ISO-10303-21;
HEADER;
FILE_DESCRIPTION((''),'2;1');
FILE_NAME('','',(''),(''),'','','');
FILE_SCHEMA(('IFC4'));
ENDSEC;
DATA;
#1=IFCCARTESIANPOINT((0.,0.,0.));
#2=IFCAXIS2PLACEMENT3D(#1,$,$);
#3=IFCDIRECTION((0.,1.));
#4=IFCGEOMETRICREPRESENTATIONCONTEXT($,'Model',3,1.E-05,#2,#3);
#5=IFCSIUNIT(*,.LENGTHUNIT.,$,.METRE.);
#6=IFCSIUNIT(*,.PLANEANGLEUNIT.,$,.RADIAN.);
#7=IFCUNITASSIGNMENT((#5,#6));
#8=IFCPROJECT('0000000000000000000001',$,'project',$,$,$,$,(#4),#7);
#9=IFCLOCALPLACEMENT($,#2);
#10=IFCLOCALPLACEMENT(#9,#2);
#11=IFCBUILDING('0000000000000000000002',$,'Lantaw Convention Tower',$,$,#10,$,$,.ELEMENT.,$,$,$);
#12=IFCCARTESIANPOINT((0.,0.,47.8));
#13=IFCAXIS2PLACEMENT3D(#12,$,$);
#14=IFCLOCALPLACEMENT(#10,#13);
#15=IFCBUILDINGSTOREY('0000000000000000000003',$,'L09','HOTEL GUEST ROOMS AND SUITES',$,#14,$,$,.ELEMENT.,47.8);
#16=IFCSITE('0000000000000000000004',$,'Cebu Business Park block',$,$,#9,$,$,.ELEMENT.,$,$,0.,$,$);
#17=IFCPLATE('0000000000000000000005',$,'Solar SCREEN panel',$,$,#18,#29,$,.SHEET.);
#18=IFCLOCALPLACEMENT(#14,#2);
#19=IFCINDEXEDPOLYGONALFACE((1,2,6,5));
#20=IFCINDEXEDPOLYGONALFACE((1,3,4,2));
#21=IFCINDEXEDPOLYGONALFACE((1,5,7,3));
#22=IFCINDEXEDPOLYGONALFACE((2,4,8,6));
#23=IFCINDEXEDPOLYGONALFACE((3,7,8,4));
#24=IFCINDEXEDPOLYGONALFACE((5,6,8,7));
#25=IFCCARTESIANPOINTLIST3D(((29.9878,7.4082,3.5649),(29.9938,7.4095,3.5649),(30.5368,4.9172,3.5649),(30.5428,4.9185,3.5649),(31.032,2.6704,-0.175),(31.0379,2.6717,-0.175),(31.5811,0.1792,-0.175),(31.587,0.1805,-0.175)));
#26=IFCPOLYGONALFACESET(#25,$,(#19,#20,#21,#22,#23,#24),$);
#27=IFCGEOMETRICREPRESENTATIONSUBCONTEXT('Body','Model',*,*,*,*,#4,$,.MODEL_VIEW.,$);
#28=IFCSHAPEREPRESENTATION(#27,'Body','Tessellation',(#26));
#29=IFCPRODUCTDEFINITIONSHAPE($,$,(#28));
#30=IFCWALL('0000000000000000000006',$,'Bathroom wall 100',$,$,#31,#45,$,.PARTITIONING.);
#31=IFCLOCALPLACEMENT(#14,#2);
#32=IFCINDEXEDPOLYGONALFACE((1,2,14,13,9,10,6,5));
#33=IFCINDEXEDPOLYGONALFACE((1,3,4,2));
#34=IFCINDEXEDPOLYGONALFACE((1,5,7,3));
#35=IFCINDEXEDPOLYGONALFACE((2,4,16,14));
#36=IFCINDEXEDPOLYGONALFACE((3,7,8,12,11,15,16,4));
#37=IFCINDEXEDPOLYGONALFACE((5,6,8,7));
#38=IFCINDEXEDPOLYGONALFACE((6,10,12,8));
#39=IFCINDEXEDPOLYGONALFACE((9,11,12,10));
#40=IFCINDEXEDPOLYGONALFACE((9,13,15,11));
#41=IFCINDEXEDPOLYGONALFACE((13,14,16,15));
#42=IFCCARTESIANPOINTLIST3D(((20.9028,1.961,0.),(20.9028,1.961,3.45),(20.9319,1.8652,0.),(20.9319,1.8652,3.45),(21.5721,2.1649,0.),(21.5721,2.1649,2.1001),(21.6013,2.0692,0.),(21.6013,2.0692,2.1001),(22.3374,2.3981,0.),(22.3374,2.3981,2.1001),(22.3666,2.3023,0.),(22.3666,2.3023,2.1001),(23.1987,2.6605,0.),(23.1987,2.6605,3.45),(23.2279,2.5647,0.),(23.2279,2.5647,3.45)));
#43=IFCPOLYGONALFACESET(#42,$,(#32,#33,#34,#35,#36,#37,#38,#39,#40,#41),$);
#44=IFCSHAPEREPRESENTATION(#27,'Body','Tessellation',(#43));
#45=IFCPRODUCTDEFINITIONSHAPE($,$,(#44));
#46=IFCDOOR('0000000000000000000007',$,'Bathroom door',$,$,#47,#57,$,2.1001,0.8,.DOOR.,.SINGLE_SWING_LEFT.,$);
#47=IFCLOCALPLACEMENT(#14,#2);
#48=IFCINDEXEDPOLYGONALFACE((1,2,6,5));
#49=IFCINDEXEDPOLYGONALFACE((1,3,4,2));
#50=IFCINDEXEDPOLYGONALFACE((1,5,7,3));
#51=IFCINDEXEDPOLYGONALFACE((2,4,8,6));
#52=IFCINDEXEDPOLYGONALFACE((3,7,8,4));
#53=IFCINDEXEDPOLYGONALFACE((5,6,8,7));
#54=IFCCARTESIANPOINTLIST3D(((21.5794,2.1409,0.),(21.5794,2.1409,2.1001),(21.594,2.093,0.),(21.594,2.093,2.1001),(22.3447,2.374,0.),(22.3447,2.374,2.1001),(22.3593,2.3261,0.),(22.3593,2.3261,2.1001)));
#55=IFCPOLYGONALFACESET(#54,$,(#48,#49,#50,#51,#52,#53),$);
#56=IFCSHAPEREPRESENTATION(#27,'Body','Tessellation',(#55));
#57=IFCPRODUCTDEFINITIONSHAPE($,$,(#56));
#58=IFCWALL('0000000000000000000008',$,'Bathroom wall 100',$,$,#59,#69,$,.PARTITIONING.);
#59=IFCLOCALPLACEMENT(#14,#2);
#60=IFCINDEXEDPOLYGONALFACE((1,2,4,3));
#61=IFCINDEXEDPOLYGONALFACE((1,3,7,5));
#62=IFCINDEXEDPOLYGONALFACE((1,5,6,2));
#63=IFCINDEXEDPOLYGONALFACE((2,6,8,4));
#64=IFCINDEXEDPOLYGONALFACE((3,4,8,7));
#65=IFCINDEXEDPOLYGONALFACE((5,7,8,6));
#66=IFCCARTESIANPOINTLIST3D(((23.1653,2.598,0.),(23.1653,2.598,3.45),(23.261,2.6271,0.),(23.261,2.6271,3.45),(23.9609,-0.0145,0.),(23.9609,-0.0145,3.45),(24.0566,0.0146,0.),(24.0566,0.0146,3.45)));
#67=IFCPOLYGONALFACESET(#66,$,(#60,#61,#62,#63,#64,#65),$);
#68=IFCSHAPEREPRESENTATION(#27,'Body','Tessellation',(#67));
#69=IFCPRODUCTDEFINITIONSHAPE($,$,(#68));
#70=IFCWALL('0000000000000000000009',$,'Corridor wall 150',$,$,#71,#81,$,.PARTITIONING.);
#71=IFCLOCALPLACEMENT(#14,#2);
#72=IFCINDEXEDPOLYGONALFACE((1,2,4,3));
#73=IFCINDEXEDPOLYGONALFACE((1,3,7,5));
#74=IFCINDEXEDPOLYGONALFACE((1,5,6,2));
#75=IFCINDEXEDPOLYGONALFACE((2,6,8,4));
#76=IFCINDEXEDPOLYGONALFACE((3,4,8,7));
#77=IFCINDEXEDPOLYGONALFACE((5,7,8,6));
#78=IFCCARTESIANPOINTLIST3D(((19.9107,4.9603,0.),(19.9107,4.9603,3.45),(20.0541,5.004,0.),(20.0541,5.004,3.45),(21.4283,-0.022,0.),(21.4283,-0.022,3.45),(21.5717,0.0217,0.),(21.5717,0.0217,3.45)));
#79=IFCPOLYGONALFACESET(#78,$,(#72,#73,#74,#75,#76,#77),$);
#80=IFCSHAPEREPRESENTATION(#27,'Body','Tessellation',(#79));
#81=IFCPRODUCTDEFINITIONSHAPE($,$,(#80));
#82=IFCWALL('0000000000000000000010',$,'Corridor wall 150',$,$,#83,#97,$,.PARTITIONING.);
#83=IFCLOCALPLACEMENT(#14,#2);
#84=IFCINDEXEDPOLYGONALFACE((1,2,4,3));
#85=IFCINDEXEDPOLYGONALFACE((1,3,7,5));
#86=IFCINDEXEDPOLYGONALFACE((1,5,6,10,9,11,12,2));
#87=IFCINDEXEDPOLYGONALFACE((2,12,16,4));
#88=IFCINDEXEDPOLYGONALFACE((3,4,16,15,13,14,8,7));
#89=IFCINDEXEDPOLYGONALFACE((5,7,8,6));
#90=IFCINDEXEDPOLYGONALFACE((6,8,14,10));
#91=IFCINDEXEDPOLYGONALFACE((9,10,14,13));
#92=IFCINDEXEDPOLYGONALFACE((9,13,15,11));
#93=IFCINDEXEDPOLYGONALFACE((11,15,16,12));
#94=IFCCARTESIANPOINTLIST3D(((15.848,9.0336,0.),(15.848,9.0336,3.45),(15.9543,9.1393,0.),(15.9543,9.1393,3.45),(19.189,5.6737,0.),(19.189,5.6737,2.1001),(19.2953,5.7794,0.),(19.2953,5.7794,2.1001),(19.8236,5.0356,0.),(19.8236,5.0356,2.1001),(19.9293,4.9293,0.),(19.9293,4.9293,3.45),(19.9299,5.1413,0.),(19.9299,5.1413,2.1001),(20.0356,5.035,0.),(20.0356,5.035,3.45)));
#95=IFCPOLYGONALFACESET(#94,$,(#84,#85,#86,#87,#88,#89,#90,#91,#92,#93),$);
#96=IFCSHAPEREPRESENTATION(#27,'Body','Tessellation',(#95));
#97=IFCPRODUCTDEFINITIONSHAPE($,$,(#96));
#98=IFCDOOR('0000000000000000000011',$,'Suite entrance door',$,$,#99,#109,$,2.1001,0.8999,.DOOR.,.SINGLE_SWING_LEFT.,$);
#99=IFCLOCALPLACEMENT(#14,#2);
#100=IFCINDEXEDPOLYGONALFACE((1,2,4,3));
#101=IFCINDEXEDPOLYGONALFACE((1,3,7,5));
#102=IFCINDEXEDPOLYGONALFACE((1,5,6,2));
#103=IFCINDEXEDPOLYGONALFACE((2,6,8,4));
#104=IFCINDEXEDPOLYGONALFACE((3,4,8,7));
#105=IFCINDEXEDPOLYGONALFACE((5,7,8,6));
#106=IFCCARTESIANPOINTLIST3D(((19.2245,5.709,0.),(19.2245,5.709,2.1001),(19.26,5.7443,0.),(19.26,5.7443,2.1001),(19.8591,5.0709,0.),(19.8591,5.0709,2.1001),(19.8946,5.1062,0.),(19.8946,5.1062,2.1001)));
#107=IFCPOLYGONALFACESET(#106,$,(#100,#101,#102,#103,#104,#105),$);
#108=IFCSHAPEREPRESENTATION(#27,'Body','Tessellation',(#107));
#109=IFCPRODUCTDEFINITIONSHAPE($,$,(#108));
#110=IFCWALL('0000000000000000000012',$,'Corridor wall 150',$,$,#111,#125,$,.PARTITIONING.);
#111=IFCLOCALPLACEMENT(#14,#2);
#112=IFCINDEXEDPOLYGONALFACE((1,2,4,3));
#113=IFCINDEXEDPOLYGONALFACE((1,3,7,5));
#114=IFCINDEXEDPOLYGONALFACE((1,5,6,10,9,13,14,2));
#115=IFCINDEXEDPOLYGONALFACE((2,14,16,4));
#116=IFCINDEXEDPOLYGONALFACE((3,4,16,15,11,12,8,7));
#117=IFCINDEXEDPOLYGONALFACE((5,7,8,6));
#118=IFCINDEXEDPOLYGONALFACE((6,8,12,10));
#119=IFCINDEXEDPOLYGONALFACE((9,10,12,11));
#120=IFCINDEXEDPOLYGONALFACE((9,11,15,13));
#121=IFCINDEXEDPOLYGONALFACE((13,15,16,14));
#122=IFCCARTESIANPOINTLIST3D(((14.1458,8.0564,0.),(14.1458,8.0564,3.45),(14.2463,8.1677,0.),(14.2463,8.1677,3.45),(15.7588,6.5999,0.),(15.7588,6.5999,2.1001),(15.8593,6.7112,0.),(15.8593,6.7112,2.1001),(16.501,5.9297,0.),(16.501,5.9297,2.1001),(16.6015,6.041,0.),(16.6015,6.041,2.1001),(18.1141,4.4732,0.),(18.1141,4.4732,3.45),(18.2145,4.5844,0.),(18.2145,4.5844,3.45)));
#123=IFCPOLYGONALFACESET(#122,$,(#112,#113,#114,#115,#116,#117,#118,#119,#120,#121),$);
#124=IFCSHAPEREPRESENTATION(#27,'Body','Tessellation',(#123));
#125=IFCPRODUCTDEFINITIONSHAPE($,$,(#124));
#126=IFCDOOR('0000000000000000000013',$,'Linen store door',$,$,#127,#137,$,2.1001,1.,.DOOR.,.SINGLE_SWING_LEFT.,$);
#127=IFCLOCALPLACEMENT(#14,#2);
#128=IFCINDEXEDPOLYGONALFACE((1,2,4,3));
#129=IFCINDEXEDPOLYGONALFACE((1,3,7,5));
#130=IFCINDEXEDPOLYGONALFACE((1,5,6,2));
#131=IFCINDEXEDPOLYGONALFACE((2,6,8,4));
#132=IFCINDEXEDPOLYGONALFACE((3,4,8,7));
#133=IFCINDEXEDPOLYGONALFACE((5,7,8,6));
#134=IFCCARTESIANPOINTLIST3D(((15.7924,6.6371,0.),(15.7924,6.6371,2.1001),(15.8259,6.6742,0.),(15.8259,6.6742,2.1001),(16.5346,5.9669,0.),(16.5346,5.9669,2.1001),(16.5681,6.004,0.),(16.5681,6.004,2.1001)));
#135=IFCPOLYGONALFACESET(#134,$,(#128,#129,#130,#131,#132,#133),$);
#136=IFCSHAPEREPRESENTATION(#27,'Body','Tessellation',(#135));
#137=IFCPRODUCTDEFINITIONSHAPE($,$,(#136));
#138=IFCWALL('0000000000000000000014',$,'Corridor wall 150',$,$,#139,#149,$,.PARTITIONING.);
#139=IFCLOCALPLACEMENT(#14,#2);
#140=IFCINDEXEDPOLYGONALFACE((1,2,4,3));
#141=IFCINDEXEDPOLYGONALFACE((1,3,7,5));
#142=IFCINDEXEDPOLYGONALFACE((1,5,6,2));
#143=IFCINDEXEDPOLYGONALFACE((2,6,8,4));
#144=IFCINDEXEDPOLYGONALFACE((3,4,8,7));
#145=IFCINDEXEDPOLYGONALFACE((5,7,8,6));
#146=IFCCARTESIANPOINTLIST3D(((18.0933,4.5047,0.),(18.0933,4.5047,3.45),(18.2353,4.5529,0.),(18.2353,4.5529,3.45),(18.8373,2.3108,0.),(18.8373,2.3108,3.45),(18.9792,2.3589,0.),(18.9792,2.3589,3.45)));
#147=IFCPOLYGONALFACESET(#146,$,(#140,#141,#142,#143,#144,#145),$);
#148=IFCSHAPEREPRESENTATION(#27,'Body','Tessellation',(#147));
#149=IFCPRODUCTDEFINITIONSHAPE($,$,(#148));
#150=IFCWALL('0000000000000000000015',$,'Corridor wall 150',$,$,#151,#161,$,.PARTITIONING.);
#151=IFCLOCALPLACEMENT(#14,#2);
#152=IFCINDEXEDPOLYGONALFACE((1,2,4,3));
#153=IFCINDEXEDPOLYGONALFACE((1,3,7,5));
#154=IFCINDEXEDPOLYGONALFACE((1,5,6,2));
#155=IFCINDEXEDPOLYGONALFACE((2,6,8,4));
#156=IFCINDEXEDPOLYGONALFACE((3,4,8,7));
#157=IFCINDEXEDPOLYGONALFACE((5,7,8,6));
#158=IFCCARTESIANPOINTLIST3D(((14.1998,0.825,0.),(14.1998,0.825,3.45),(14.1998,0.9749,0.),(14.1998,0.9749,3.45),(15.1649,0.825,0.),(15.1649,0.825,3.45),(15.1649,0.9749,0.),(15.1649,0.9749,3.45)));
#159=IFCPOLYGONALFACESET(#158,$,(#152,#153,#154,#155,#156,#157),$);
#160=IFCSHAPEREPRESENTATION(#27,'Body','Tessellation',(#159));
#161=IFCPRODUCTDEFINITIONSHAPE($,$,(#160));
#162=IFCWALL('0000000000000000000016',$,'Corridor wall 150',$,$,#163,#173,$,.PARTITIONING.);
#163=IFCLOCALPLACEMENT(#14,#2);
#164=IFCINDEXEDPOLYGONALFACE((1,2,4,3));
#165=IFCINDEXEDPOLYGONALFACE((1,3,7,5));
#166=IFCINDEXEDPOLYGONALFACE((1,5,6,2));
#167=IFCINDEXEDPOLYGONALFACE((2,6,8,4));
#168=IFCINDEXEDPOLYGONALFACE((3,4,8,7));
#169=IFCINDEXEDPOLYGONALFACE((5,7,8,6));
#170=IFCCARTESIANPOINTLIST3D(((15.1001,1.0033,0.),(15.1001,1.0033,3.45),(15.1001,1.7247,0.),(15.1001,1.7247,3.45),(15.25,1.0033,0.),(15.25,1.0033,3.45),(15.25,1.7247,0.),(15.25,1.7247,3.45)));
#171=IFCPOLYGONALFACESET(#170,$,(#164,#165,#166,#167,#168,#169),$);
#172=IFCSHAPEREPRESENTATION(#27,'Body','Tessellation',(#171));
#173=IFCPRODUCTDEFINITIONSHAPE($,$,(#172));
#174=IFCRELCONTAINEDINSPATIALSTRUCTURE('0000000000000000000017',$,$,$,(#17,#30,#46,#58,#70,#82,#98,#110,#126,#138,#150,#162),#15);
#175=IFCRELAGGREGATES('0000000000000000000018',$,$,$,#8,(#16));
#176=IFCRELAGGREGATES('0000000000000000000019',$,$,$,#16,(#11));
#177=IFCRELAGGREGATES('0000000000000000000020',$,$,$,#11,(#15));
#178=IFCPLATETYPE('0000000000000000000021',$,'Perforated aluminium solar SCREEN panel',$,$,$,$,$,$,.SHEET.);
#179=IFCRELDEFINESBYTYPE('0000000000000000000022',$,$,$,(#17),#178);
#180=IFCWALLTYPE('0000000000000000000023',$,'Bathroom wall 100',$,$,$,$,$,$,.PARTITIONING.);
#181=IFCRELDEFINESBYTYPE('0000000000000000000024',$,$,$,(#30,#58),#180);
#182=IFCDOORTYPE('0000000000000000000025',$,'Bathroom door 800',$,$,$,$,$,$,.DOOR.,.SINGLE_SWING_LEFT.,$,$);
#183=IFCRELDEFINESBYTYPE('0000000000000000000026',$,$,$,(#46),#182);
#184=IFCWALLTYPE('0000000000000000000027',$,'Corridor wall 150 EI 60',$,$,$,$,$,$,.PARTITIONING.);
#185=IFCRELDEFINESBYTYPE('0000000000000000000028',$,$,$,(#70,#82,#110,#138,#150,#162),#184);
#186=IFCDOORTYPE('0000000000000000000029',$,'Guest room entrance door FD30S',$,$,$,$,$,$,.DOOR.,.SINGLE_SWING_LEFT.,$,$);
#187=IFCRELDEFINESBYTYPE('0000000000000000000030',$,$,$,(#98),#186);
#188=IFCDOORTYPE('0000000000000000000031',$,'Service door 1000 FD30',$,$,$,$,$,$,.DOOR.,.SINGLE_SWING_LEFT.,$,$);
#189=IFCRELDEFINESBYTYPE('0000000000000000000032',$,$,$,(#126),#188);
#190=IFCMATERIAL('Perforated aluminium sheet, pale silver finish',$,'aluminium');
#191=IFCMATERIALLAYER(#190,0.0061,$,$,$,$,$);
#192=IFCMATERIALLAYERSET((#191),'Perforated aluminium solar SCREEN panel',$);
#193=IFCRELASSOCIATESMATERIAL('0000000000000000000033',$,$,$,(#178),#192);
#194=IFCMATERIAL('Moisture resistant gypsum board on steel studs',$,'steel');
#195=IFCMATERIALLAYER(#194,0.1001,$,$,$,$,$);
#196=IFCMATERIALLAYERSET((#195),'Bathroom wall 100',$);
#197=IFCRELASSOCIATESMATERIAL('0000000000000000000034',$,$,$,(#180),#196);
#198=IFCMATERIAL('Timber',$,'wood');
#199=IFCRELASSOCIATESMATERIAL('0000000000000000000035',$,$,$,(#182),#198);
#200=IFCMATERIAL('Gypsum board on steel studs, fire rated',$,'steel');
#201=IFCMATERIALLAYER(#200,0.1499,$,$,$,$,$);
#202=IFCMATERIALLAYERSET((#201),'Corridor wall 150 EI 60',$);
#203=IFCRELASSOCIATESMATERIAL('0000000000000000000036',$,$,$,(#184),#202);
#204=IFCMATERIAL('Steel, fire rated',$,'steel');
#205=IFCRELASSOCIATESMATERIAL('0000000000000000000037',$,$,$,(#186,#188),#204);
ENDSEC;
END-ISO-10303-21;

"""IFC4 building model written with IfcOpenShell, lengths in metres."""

from ifc_helpers import new_model, si_unit, direction, frame, frame_2d, origin, place, context, subcontext, project, spatial, polyline, rectangle, outline, extrude, material, layer, layer_set, type_object, element, fill, save


model = new_model("IFC4")

# Units and contexts
model_context = context("Model", 3, precision=1e-05, world=origin(), true_north=direction((0.0, 1.0)))
body_context = subcontext(model_context, "Body", "Model", "MODEL_VIEW")
ifc_project = project(units=[si_unit("LENGTHUNIT", "METRE"), si_unit("PLANEANGLEUNIT", "RADIAN")], contexts=[model_context])

# Site, building, storey
site_placement = place(None, origin())
site = spatial("IfcSite", under=ifc_project, at=site_placement, Name="Cebu Business Park block", CompositionType="ELEMENT", RefElevation=0.0)
building_placement = place(site_placement, origin())
building = spatial("IfcBuilding", under=site, at=building_placement, Name="Lantaw Convention Tower", CompositionType="ELEMENT")
storey_placement = place(building_placement, frame((0.0, 0.0, 47.8)))
storey = spatial("IfcBuildingStorey", under=building, at=storey_placement, Name="L09", Description="HOTEL GUEST ROOMS AND SUITES", CompositionType="ELEMENT", Elevation=47.8)

# Plate
ifc_material_1 = material(Name="Perforated aluminium sheet, pale silver finish", Category="aluminium")
ifc_layer_1 = layer(ifc_material_1, 0.0061)
ifc_layer_set_1 = layer_set([ifc_layer_1], Name="Perforated aluminium solar SCREEN panel")
plate_type = type_object("IfcPlateType", Name="Perforated aluminium solar SCREEN panel", PredefinedType="SHEET", material=ifc_layer_set_1)
plate_placement = place(storey_placement, frame((31.5811, 0.1792, -0.175), z_axis=(-0.976559, -0.215248, 0.00003), x_axis=(-0.215248, 0.976559, 0.0)))
element("IfcPlate", 1, at=plate_placement, inside=storey, type_object=plate_type, Name="Solar SCREEN panel", PredefinedType="SHEET", context=body_context, shape_type="SweptSolid", body=[
    extrude(outline(polyline([(0.0, 0.0), (2.551, 0.0), (7.4025, -3.74), (4.8517, -3.74), (0.0, 0.0)])), origin(), (0.0, 0.0, -1.0), 0.0061),
])

# Wall, opening, door
ifc_material_2 = material(Name="Moisture resistant gypsum board on steel studs", Category="steel")
ifc_layer_2 = layer(ifc_material_2, 0.1001)
ifc_layer_set_2 = layer_set([ifc_layer_2], Name="Bathroom wall 100")
wall_type_1 = type_object("IfcWallType", Name="Bathroom wall 100", PredefinedType="PARTITIONING", material=ifc_layer_set_2)
wall_1_placement = place(storey_placement, frame((20.9172, 1.9131, 0.0), z_axis=(0.0, 0.0, 1.0), x_axis=(0.956591, 0.291433, 0.0)))
wall_1 = element("IfcWall", 2, at=wall_1_placement, inside=storey, type_object=wall_type_1, Name="Bathroom wall 100", PredefinedType="PARTITIONING", context=body_context, shape_type="SweptSolid", body=[
    extrude(rectangle(XDim=2.4001, YDim=0.1001, at=frame_2d((1.2002, 0.0))), origin(), (0.0, 0.0, 1.0), 3.45),
])
opening_1_placement = place(wall_1_placement, frame((0.7, 0.0, 0.0)))
opening_1 = element("IfcOpeningElement", 3, at=opening_1_placement, cuts=wall_1, PredefinedType="OPENING", context=body_context, shape_type="SweptSolid", body=[
    extrude(rectangle(XDim=0.8, YDim=2.1001, at=frame_2d((0.3999, 1.05))), frame((0.0, 0.0601, 0.0), z_axis=(0.0, -1.0, 0.0), x_axis=(1.0, 0.0, 0.0)), (0.0, 0.0, 1.0), 0.1201),
])
ifc_material_3 = material(Name="Timber", Category="wood")
door_type_1 = type_object("IfcDoorType", Name="Bathroom door 800", OperationType="SINGLE_SWING_LEFT", PredefinedType="DOOR", material=ifc_material_3)
door_1_placement = place(opening_1_placement, origin())
door_1 = element("IfcDoor", 4, at=door_1_placement, inside=storey, type_object=door_type_1, Name="Bathroom door", OperationType="SINGLE_SWING_LEFT", OverallHeight=2.1001, OverallWidth=0.8, PredefinedType="DOOR", context=body_context, shape_type="SweptSolid", body=[
    extrude(rectangle(XDim=0.8, YDim=2.1001, at=frame_2d((0.3999, 1.05))), frame((0.0, 0.0249, 0.0), z_axis=(0.0, -1.0, 0.0), x_axis=(1.0, 0.0, 0.0)), (0.0, 0.0, 1.0), 0.05),
])
fill(opening_1, door_1)

# Walls
wall_2_placement = place(storey_placement, frame((23.2131, 2.6125, 0.0), z_axis=(0.0, 0.0, 1.0), x_axis=(0.291339, -0.95662, 0.0)))
element("IfcWall", 5, at=wall_2_placement, inside=storey, type_object=wall_type_1, Name="Bathroom wall 100", PredefinedType="PARTITIONING", context=body_context, shape_type="SweptSolid", body=[
    extrude(rectangle(XDim=2.731, YDim=0.1001, at=frame_2d((1.3655, 0.0))), origin(), (0.0, 0.0, 1.0), 3.45),
])
ifc_material_4 = material(Name="Gypsum board on steel studs, fire rated", Category="steel")
ifc_layer_3 = layer(ifc_material_4, 0.1499)
ifc_layer_set_3 = layer_set([ifc_layer_3], Name="Corridor wall 150 EI 60")
wall_type_2 = type_object("IfcWallType", Name="Corridor wall 150 EI 60", PredefinedType="PARTITIONING", material=ifc_layer_set_3)
wall_3_placement = place(storey_placement, frame((21.5, 0.0, 0.0), z_axis=(0.0, 0.0, 1.0), x_axis=(-0.291384, 0.956606, 0.0)))
element("IfcWall", 6, at=wall_3_placement, inside=storey, type_object=wall_type_2, Name="Corridor wall 150", PredefinedType="PARTITIONING", context=body_context, shape_type="SweptSolid", body=[
    extrude(rectangle(XDim=5.2083, YDim=0.1499, at=frame_2d((2.604, 0.0))), origin(), (0.0, 0.0, 1.0), 3.45),
])

# Walls, openings, doors
wall_4_placement = place(storey_placement, frame((19.9824, 4.9822, 0.0), z_axis=(0.0, 0.0, 1.0), x_axis=(-0.705122, 0.709086, 0.0)))
wall_4 = element("IfcWall", 7, at=wall_4_placement, inside=storey, type_object=wall_type_2, Name="Corridor wall 150", PredefinedType="PARTITIONING", context=body_context, shape_type="SweptSolid", body=[
    extrude(rectangle(XDim=5.7881, YDim=0.1499, at=frame_2d((2.894, 0.0))), origin(), (0.0, 0.0, 1.0), 3.45),
])
opening_2_placement = place(wall_4_placement, frame((0.1499, 0.0, 0.0)))
opening_2 = element("IfcOpeningElement", 8, at=opening_2_placement, cuts=wall_4, PredefinedType="OPENING", context=body_context, shape_type="SweptSolid", body=[
    extrude(rectangle(XDim=0.8999, YDim=2.1001, at=frame_2d((0.45, 1.05))), frame((0.0, 0.085, 0.0), z_axis=(0.0, -1.0, 0.0), x_axis=(1.0, 0.0, 0.0)), (0.0, 0.0, 1.0), 0.1699),
])
ifc_material_5 = material(Name="Steel, fire rated", Category="steel")
door_type_2 = type_object("IfcDoorType", Name="Guest room entrance door FD30S", OperationType="SINGLE_SWING_LEFT", PredefinedType="DOOR", material=ifc_material_5)
door_2_placement = place(opening_2_placement, origin())
door_2 = element("IfcDoor", 9, at=door_2_placement, inside=storey, type_object=door_type_2, Name="Suite entrance door", OperationType="SINGLE_SWING_LEFT", OverallHeight=2.1001, OverallWidth=0.8999, PredefinedType="DOOR", context=body_context, shape_type="SweptSolid", body=[
    extrude(rectangle(XDim=0.8999, YDim=2.1001, at=frame_2d((0.45, 1.05))), frame((0.0, 0.0249, 0.0), z_axis=(0.0, -1.0, 0.0), x_axis=(1.0, 0.0, 0.0)), (0.0, 0.0, 1.0), 0.05),
])
fill(opening_2, door_2)
wall_5_placement = place(storey_placement, frame((18.1643, 4.5288, 0.0), z_axis=(0.0, 0.0, 1.0), x_axis=(-0.742194, 0.670185, 0.0)))
wall_5 = element("IfcWall", 10, at=wall_5_placement, inside=storey, type_object=wall_type_2, Name="Corridor wall 150", PredefinedType="PARTITIONING", context=body_context, shape_type="SweptSolid", body=[
    extrude(rectangle(XDim=5.3467, YDim=0.1499, at=frame_2d((2.6733, 0.0))), origin(), (0.0, 0.0, 1.0), 3.45),
])
opening_3_placement = place(wall_5_placement, frame((2.1733, 0.0, 0.0)))
opening_3 = element("IfcOpeningElement", 11, at=opening_3_placement, cuts=wall_5, PredefinedType="OPENING", context=body_context, shape_type="SweptSolid", body=[
    extrude(rectangle(XDim=1.0, YDim=2.1001, at=frame_2d((0.5, 1.05))), frame((0.0, 0.085, 0.0), z_axis=(0.0, -1.0, 0.0), x_axis=(1.0, 0.0, 0.0)), (0.0, 0.0, 1.0), 0.1699),
])
door_type_3 = type_object("IfcDoorType", Name="Service door 1000 FD30", OperationType="SINGLE_SWING_LEFT", PredefinedType="DOOR", material=ifc_material_5)
door_3_placement = place(opening_3_placement, origin())
door_3 = element("IfcDoor", 12, at=door_3_placement, inside=storey, type_object=door_type_3, Name="Linen store door", OperationType="SINGLE_SWING_LEFT", OverallHeight=2.1001, OverallWidth=1.0, PredefinedType="DOOR", context=body_context, shape_type="SweptSolid", body=[
    extrude(rectangle(XDim=1.0, YDim=2.1001, at=frame_2d((0.5, 1.05))), frame((0.0, 0.0249, 0.0), z_axis=(0.0, -1.0, 0.0), x_axis=(1.0, 0.0, 0.0)), (0.0, 0.0, 1.0), 0.05),
])
fill(opening_3, door_3)

# Walls
wall_6_placement = place(storey_placement, frame((18.9082, 2.335, 0.0), z_axis=(0.0, 0.0, 1.0), x_axis=(-0.321124, 0.947037, 0.0)))
element("IfcWall", 13, at=wall_6_placement, inside=storey, type_object=wall_type_2, Name="Corridor wall 150", PredefinedType="PARTITIONING", context=body_context, shape_type="SweptSolid", body=[
    extrude(rectangle(XDim=2.3167, YDim=0.1499, at=frame_2d((1.1582, 0.0))), origin(), (0.0, 0.0, 1.0), 3.45),
])
wall_7_placement = place(storey_placement, frame((14.2, 0.8999, 0.0), z_axis=(0.0, 0.0, 1.0), x_axis=(1.0, 0.0, 0.0)))
element("IfcWall", 14, at=wall_7_placement, inside=storey, type_object=wall_type_2, Name="Corridor wall 150", PredefinedType="PARTITIONING", context=body_context, shape_type="SweptSolid", body=[
    extrude(rectangle(XDim=0.9651, YDim=0.1499, at=frame_2d((0.4824, 0.0))), origin(), (0.0, 0.0, 1.0), 3.45),
])
wall_8_placement = place(storey_placement, frame((15.175, 1.0032, 0.0), z_axis=(0.0, 0.0, 1.0), x_axis=(0.0, 1.0, 0.0)))
element("IfcWall", 15, at=wall_8_placement, inside=storey, type_object=wall_type_2, Name="Corridor wall 150", PredefinedType="PARTITIONING", context=body_context, shape_type="SweptSolid", body=[
    extrude(rectangle(XDim=0.7214, YDim=0.1499, at=frame_2d((0.3608, 0.0))), origin(), (0.0, 0.0, 1.0), 3.45),
])

save(model, "model.ifc")
